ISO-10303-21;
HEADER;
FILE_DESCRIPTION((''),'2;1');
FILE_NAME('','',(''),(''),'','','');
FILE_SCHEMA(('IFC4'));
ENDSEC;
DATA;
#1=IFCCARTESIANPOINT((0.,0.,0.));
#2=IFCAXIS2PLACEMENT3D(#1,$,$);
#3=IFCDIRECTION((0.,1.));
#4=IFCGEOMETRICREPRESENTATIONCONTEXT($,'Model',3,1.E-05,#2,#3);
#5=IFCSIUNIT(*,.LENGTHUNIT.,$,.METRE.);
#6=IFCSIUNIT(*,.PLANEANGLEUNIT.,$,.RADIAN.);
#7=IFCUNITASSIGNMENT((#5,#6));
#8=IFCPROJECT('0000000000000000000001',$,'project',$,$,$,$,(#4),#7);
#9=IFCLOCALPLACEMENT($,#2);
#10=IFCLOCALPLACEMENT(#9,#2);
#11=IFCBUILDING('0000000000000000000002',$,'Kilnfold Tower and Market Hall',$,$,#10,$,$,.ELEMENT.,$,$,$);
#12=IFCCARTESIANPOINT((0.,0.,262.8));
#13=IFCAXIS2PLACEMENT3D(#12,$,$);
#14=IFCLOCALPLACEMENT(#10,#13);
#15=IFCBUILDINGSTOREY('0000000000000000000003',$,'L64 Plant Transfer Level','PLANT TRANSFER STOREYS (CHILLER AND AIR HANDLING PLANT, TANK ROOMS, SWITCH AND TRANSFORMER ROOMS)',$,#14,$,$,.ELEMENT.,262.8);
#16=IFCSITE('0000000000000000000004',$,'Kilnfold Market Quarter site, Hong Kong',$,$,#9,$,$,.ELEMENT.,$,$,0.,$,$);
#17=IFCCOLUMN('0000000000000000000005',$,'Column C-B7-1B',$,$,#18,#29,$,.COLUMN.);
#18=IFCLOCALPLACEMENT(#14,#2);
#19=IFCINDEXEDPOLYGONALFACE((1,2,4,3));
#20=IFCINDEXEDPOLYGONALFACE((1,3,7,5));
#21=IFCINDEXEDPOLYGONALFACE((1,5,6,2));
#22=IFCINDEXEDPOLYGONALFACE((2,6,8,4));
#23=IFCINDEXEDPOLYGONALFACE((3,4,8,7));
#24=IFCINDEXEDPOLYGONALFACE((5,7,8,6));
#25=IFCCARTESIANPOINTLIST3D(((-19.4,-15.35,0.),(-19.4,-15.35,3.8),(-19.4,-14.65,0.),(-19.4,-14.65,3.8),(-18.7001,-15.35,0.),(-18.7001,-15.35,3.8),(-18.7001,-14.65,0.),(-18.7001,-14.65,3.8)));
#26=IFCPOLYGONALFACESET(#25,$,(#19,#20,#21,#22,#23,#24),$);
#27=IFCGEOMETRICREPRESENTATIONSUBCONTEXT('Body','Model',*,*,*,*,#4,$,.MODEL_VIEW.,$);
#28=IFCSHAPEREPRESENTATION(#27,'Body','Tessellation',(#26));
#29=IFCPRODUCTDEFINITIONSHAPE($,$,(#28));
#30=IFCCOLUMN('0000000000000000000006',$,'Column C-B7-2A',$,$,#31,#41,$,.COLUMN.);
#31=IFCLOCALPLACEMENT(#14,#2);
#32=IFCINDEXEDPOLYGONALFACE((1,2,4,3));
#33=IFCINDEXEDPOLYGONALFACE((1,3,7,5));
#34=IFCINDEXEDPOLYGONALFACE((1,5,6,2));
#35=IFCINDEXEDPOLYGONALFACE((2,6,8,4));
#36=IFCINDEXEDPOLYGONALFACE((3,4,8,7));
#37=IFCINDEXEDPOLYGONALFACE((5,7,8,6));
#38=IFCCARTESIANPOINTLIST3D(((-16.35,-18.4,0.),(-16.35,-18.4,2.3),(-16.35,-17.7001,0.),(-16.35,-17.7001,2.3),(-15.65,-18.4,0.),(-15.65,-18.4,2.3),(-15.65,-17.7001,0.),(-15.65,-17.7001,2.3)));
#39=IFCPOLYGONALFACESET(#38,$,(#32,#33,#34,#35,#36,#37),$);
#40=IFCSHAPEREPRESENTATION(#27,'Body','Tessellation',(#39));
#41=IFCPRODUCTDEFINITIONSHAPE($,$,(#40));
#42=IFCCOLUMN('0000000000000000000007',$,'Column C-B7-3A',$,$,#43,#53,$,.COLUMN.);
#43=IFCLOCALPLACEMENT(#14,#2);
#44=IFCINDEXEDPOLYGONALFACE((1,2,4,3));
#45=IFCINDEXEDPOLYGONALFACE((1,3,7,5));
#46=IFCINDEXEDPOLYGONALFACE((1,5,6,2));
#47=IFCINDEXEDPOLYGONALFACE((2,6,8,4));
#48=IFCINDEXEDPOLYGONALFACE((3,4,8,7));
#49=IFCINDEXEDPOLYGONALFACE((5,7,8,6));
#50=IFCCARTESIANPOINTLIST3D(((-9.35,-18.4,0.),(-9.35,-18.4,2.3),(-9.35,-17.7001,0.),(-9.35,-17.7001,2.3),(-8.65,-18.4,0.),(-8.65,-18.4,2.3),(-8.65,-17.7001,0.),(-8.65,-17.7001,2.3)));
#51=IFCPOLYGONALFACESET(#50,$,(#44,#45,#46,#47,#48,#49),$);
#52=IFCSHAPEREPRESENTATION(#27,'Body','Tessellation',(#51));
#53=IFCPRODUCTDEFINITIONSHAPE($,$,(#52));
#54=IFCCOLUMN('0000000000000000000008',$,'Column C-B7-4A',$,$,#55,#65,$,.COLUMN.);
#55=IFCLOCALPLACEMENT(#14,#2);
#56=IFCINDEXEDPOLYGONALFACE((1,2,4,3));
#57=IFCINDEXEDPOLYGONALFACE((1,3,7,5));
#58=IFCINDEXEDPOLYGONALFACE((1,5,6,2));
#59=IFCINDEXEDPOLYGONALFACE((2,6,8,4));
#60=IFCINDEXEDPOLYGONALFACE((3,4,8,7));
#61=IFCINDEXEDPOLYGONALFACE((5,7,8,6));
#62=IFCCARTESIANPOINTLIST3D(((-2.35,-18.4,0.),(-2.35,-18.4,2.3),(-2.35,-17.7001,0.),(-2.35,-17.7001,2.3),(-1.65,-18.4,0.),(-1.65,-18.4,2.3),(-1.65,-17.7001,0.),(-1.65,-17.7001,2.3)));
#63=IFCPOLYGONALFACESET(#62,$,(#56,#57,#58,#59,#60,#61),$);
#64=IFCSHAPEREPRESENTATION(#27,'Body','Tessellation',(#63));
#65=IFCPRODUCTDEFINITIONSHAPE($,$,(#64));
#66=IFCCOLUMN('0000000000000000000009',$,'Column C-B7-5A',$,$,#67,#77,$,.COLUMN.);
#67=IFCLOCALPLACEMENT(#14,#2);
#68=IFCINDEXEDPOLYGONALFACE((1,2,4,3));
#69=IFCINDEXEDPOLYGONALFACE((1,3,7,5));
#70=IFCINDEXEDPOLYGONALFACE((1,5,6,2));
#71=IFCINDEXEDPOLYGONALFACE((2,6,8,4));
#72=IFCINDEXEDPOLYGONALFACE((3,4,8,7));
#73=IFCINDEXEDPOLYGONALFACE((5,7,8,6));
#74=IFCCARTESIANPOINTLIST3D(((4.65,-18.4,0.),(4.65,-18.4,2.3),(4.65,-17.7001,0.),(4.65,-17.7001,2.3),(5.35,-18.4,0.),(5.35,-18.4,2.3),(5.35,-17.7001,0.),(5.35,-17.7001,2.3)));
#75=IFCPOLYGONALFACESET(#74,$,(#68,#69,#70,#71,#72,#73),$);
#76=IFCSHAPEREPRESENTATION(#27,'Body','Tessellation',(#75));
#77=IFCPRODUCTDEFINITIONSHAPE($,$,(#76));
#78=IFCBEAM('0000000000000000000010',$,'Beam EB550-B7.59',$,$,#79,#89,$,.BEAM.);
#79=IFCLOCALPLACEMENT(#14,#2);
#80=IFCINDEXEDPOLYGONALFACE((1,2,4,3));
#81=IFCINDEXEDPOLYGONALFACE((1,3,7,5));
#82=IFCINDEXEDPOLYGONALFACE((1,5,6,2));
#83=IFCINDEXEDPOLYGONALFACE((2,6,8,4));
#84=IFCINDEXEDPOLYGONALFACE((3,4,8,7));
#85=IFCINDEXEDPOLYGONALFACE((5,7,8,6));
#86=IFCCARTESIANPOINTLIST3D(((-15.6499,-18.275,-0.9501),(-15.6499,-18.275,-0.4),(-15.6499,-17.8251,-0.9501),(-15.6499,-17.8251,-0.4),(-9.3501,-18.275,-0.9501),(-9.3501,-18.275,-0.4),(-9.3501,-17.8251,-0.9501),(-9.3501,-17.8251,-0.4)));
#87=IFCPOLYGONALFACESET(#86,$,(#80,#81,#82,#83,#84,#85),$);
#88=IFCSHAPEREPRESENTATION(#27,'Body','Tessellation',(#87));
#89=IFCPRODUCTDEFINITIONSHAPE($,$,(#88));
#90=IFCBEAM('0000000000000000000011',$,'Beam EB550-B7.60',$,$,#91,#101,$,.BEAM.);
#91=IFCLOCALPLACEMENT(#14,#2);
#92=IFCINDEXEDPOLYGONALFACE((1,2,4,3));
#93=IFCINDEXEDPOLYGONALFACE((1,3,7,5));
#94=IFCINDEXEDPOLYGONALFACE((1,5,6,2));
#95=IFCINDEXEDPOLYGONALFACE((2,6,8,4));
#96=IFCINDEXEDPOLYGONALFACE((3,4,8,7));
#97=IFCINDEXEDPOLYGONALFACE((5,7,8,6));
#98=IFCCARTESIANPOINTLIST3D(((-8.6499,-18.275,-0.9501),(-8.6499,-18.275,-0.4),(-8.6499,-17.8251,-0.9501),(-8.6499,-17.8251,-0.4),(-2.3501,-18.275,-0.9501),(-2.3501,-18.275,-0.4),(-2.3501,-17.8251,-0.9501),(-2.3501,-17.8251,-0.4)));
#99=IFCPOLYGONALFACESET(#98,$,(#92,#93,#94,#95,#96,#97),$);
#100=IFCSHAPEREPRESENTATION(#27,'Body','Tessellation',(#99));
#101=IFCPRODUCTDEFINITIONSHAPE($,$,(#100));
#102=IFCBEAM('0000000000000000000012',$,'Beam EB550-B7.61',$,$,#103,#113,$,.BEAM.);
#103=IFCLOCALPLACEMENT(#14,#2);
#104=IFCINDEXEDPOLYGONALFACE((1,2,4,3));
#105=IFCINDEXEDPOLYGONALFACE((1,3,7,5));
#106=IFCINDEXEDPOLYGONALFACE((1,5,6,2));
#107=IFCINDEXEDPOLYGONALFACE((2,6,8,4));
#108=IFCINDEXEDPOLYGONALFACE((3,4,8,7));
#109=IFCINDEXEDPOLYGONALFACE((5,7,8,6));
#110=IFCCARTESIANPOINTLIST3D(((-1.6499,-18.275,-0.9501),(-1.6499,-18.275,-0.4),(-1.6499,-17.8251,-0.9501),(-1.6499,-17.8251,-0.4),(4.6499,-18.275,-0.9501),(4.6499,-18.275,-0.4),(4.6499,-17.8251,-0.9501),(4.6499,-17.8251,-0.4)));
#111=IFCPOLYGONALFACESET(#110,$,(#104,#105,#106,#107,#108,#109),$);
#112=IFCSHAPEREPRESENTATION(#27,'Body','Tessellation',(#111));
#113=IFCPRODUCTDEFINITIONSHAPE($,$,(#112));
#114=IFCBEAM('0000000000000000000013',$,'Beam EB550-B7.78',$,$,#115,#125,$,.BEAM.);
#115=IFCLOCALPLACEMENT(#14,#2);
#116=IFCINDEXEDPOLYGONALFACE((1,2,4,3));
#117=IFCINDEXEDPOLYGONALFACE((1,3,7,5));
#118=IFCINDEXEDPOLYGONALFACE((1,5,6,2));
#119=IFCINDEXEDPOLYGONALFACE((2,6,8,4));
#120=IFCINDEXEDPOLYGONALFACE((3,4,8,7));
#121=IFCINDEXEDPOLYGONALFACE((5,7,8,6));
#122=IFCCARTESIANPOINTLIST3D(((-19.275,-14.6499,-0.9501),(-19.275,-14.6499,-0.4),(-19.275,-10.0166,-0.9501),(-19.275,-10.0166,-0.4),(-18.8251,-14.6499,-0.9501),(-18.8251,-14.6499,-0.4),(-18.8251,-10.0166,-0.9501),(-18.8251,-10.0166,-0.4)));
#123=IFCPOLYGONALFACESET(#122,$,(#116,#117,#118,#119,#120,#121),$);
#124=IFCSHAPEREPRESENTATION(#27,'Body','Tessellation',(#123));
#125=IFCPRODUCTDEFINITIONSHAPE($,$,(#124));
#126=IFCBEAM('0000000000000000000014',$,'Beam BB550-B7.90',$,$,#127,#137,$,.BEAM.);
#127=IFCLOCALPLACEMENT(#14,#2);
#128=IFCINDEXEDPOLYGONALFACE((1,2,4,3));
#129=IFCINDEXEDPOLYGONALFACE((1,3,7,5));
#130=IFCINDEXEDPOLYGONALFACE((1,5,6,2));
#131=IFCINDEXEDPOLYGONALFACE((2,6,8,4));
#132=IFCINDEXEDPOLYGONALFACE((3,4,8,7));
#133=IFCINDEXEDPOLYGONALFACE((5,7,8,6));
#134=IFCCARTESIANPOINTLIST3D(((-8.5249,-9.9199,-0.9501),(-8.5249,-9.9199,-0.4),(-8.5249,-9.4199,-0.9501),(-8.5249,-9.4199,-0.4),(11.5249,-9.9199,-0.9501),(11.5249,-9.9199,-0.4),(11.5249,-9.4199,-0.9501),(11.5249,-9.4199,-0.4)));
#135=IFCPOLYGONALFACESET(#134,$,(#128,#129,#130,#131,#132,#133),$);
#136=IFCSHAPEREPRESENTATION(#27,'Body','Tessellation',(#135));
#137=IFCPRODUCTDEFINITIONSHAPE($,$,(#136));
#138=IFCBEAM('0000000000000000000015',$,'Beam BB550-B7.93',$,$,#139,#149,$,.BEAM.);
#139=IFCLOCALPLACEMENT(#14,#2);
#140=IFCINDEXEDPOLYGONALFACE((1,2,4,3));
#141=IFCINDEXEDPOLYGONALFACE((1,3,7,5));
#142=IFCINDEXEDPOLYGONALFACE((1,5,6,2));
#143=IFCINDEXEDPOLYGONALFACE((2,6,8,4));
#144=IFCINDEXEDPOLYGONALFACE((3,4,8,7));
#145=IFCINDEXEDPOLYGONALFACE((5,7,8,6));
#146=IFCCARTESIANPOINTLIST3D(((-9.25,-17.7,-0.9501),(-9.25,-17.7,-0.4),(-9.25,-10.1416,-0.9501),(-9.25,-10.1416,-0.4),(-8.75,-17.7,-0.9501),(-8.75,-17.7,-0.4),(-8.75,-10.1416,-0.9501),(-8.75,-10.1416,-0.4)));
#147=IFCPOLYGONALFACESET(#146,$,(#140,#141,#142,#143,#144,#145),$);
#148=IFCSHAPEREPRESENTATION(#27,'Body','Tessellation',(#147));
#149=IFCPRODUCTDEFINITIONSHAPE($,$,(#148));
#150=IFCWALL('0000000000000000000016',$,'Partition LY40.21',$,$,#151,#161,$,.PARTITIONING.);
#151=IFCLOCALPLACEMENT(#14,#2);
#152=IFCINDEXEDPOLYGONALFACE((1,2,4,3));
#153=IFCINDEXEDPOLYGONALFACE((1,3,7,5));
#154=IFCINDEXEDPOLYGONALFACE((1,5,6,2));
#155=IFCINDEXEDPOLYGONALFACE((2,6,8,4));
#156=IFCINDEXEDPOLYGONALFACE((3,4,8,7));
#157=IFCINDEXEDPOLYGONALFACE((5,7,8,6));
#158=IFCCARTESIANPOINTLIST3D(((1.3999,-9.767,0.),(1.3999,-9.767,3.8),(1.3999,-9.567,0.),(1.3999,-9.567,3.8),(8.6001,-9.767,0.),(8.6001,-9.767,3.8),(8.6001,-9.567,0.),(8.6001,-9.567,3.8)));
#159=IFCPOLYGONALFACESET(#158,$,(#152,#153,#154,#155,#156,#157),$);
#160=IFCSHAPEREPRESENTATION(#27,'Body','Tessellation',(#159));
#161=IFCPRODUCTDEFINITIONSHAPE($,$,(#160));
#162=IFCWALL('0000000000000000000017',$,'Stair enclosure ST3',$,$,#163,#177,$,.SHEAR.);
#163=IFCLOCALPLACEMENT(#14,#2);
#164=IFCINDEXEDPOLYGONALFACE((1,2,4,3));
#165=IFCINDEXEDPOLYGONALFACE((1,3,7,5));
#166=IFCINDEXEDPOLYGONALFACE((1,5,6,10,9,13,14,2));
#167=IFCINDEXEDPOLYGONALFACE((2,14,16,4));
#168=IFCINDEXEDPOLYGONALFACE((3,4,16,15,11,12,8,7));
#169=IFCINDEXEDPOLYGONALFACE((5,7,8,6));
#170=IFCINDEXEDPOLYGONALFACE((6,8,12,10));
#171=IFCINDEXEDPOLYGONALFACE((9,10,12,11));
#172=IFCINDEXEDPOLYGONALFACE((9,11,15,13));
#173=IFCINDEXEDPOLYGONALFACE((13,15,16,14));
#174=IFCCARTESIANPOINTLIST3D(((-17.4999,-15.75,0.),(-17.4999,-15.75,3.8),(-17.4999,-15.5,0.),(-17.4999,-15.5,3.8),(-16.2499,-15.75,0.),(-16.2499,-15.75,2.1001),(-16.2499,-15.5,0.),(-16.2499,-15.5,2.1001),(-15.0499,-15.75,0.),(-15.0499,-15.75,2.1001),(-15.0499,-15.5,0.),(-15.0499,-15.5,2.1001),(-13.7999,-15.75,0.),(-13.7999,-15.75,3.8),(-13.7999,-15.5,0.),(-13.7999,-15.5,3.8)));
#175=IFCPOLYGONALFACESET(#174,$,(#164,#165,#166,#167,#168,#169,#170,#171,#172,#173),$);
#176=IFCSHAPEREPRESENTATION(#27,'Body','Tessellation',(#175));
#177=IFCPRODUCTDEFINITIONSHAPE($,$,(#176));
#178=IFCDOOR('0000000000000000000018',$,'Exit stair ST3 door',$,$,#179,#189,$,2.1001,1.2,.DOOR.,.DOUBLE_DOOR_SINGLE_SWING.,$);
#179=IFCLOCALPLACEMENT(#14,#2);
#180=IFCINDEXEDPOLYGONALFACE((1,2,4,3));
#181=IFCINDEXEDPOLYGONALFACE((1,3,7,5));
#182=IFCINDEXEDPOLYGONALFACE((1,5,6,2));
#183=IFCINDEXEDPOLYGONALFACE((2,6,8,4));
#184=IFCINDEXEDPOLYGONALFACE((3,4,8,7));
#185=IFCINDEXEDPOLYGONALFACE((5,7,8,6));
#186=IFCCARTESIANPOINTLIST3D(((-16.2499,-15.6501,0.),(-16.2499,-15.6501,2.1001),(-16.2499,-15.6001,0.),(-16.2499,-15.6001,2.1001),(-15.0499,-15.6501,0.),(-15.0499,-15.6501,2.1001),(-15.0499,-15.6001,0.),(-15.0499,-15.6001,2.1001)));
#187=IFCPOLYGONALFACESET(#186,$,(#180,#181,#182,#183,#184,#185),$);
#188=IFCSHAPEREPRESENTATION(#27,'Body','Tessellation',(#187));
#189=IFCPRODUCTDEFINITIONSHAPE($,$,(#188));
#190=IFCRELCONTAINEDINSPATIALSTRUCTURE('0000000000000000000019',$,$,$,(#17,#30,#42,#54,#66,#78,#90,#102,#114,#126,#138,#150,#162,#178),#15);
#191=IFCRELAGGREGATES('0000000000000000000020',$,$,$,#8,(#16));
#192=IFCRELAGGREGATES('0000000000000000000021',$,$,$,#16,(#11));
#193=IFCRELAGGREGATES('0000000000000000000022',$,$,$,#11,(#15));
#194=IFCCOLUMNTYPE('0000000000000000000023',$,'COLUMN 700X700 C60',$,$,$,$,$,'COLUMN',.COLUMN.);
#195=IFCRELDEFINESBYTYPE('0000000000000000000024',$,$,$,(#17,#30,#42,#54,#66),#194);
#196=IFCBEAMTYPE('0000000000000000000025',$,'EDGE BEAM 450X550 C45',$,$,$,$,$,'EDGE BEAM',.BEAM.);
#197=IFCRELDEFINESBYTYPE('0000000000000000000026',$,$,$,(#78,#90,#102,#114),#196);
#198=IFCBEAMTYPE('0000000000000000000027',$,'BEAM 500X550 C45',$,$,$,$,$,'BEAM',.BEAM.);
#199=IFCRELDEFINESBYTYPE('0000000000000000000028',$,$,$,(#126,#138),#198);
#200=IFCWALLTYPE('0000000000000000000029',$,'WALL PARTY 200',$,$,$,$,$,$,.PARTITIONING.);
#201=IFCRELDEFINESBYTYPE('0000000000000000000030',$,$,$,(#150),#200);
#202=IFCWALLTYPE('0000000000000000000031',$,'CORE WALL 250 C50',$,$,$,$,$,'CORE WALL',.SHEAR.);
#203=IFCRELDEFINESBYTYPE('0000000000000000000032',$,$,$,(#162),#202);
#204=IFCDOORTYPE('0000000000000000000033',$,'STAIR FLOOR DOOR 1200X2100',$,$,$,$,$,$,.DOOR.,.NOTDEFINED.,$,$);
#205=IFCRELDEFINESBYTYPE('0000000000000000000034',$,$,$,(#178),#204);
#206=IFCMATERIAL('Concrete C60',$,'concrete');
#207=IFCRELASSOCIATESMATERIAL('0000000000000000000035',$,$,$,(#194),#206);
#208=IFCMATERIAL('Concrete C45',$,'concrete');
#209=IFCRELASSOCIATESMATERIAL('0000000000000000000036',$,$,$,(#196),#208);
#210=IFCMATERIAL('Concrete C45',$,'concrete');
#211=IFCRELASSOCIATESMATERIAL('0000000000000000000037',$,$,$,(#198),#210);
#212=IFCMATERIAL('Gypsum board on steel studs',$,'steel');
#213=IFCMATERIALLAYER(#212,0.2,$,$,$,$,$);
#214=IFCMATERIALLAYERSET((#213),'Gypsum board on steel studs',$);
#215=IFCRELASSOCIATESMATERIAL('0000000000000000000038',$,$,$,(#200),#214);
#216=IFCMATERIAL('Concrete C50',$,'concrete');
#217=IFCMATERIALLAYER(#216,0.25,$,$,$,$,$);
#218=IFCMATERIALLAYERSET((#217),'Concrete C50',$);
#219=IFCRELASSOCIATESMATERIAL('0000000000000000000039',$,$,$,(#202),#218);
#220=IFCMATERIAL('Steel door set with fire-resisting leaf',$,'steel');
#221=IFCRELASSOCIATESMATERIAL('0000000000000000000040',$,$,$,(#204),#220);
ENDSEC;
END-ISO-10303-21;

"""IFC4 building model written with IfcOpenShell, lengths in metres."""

from ifc_helpers import new_model, si_unit, direction, frame, frame_2d, origin, origin_2d, place, context, subcontext, project, spatial, rectangle, extrude, source, transform, mapped, material, layer, layer_set, material_profile, profile_set, type_object, element, fill, save


model = new_model("IFC4")

# Units and contexts
model_context = context("Model", 3, precision=1e-05, world=origin(), true_north=direction((0.0, 1.0)))
body_context = subcontext(model_context, "Body", "Model", "MODEL_VIEW")
ifc_project = project(units=[si_unit("LENGTHUNIT", "METRE"), si_unit("PLANEANGLEUNIT", "RADIAN")], contexts=[model_context])

# Site, building, storey
site_placement = place(None, origin())
site = spatial("IfcSite", under=ifc_project, at=site_placement, Name="Kilnfold Market Quarter site, Hong Kong", CompositionType="ELEMENT", RefElevation=0.0)
building_placement = place(site_placement, origin())
building = spatial("IfcBuilding", under=site, at=building_placement, Name="Kilnfold Tower and Market Hall", CompositionType="ELEMENT")
storey_placement = place(building_placement, frame((0.0, 0.0, 262.8)))
storey = spatial("IfcBuildingStorey", under=building, at=storey_placement, Name="L64 Plant Transfer Level", Description="PLANT TRANSFER STOREYS (CHILLER AND AIR HANDLING PLANT, TANK ROOMS, SWITCH AND TRANSFORMER ROOMS)", CompositionType="ELEMENT", Elevation=262.8)

# Columns
ifc_material_1 = material(Name="Concrete C60", Category="concrete")
ifc_material_profile_1 = material_profile(ifc_material_1, rectangle(XDim=0.7, YDim=0.7, at=origin_2d()), Name="RC 700x700")
ifc_profile_set_1 = profile_set([ifc_material_profile_1], Name="Concrete C60")
column_type = type_object("IfcColumnType", Name="COLUMN 700X700 C60", ElementType="COLUMN", PredefinedType="COLUMN", material=ifc_profile_set_1)
shared_shape_1 = source(origin(), body_context, "Body", "SweptSolid", [
    extrude(rectangle(XDim=0.7, YDim=0.7, at=origin_2d()), origin(), (0.0, 0.0, 1.0), 3.8),
])
column_placement = place(storey_placement, frame((-19.05, -15.0, 0.0), z_axis=(0.0, 0.0, 1.0), x_axis=(1.0, 0.0, 0.0)))
element("IfcColumn", 1, at=column_placement, inside=storey, type_object=column_type, Name="Column C-B7-1B", PredefinedType="COLUMN", context=body_context, shape_type="MappedRepresentation", body=[
    mapped(shared_shape_1, transform((0.0, 0.0, 0.0))),
])
shared_shape_2 = source(origin(), body_context, "Body", "SweptSolid", [
    extrude(rectangle(XDim=0.7, YDim=0.7, at=origin_2d()), origin(), (0.0, 0.0, 1.0), 2.3),
])
for number, where, z_axis, x_axis, name in (
    (2, (-16.0, -18.05, 0.0), (0.0, 0.0, 1.0), (1.0, 0.0, 0.0), "Column C-B7-2A"),
    (3, (-9.0, -18.05, 0.0), (0.0, 0.0, 1.0), (1.0, 0.0, 0.0), "Column C-B7-3A"),
    (4, (-2.0, -18.05, 0.0), (0.0, 0.0, 1.0), (1.0, 0.0, 0.0), "Column C-B7-4A"),
    (5, (5.0, -18.05, 0.0), (0.0, 0.0, 1.0), (1.0, 0.0, 0.0), "Column C-B7-5A"),
):
    element("IfcColumn", number, at=place(storey_placement, frame(where, z_axis=z_axis, x_axis=x_axis)), inside=storey, type_object=column_type, Name=name, PredefinedType="COLUMN", context=body_context, shape_type="MappedRepresentation", body=[
        mapped(shared_shape_2, transform((0.0, 0.0, 0.0))),
    ])

# Beams
ifc_material_2 = material(Name="Concrete C45", Category="concrete")
ifc_material_profile_2 = material_profile(ifc_material_2, rectangle(XDim=0.45, YDim=0.55, at=origin_2d()), Name="RC 450x550")
ifc_profile_set_2 = profile_set([ifc_material_profile_2], Name="Concrete C45")
beam_type_1 = type_object("IfcBeamType", Name="EDGE BEAM 450X550 C45", ElementType="EDGE BEAM", PredefinedType="BEAM", material=ifc_profile_set_2)
shared_shape_3 = source(origin(), body_context, "Body", "SweptSolid", [
    extrude(rectangle(XDim=0.45, YDim=0.55, at=origin_2d()), origin(), (0.0, 0.0, 1.0), 6.2998),
])
for number, where, z_axis, x_axis, name in (
    (6, (-15.6499, -18.05, -0.675), (1.0, 0.0, 0.0), (0.0, 1.0, 0.0), "Beam EB550-B7.59"),
    (7, (-8.6499, -18.05, -0.675), (1.0, 0.0, 0.0), (0.0, 1.0, 0.0), "Beam EB550-B7.60"),
    (8, (-1.6499, -18.05, -0.675), (1.0, 0.0, 0.0), (0.0, 1.0, 0.0), "Beam EB550-B7.61"),
):
    element("IfcBeam", number, at=place(storey_placement, frame(where, z_axis=z_axis, x_axis=x_axis)), inside=storey, type_object=beam_type_1, Name=name, PredefinedType="BEAM", context=body_context, shape_type="MappedRepresentation", body=[
        mapped(shared_shape_3, transform((0.0, 0.0, 0.0))),
    ])
shared_shape_4 = source(origin(), body_context, "Body", "SweptSolid", [
    extrude(rectangle(XDim=0.45, YDim=0.55, at=origin_2d()), origin(), (0.0, 0.0, 1.0), 4.6333),
])
beam_1_placement = place(storey_placement, frame((-19.05, -14.6499, -0.675), z_axis=(0.0, 1.0, 0.0), x_axis=(-1.0, 0.0, 0.0)))
element("IfcBeam", 9, at=beam_1_placement, inside=storey, type_object=beam_type_1, Name="Beam EB550-B7.78", PredefinedType="BEAM", context=body_context, shape_type="MappedRepresentation", body=[
    mapped(shared_shape_4, transform((0.0, 0.0, 0.0))),
])
ifc_material_3 = material(Name="Concrete C45", Category="concrete")
ifc_material_profile_3 = material_profile(ifc_material_3, rectangle(XDim=0.5, YDim=0.55, at=origin_2d()), Name="RC 500x550")
ifc_profile_set_3 = profile_set([ifc_material_profile_3], Name="Concrete C45")
beam_type_2 = type_object("IfcBeamType", Name="BEAM 500X550 C45", ElementType="BEAM", PredefinedType="BEAM", material=ifc_profile_set_3)
shared_shape_5 = source(origin(), body_context, "Body", "SweptSolid", [
    extrude(rectangle(XDim=0.5, YDim=0.55, at=origin_2d()), origin(), (0.0, 0.0, 1.0), 20.0498),
])
beam_2_placement = place(storey_placement, frame((-8.5249, -9.6699, -0.675), z_axis=(1.0, 0.0, 0.0), x_axis=(0.0, 1.0, 0.0)))
element("IfcBeam", 10, at=beam_2_placement, inside=storey, type_object=beam_type_2, Name="Beam BB550-B7.90", PredefinedType="BEAM", context=body_context, shape_type="MappedRepresentation", body=[
    mapped(shared_shape_5, transform((0.0, 0.0, 0.0))),
])
shared_shape_6 = source(origin(), body_context, "Body", "SweptSolid", [
    extrude(rectangle(XDim=0.5, YDim=0.55, at=origin_2d()), origin(), (0.0, 0.0, 1.0), 7.5583),
])
beam_3_placement = place(storey_placement, frame((-9.0, -17.7, -0.675), z_axis=(0.0, 1.0, 0.0), x_axis=(-1.0, 0.0, 0.0)))
element("IfcBeam", 11, at=beam_3_placement, inside=storey, type_object=beam_type_2, Name="Beam BB550-B7.93", PredefinedType="BEAM", context=body_context, shape_type="MappedRepresentation", body=[
    mapped(shared_shape_6, transform((0.0, 0.0, 0.0))),
])

# Wall
ifc_material_4 = material(Name="Gypsum board on steel studs", Category="steel")
ifc_layer_1 = layer(ifc_material_4, 0.2)
ifc_layer_set_1 = layer_set([ifc_layer_1], Name="Gypsum board on steel studs")
wall_type_1 = type_object("IfcWallType", Name="WALL PARTY 200", PredefinedType="PARTITIONING", material=ifc_layer_set_1)
wall_1_placement = place(storey_placement, frame((1.3999, -9.667, 0.0), z_axis=(0.0, 0.0, 1.0), x_axis=(1.0, 0.0, 0.0)))
element("IfcWall", 12, at=wall_1_placement, inside=storey, type_object=wall_type_1, Name="Partition LY40.21", PredefinedType="PARTITIONING", context=body_context, shape_type="SweptSolid", body=[
    extrude(rectangle(XDim=7.2002, YDim=0.2, at=frame_2d((3.6001, 0.0))), origin(), (0.0, 0.0, 1.0), 3.8),
])

# Wall, opening, door
ifc_material_5 = material(Name="Concrete C50", Category="concrete")
ifc_layer_2 = layer(ifc_material_5, 0.25)
ifc_layer_set_2 = layer_set([ifc_layer_2], Name="Concrete C50")
wall_type_2 = type_object("IfcWallType", Name="CORE WALL 250 C50", ElementType="CORE WALL", PredefinedType="SHEAR", material=ifc_layer_set_2)
shared_shape_7 = source(origin(), body_context, "Body", "SweptSolid", [
    extrude(rectangle(XDim=3.7, YDim=0.25, at=frame_2d((1.8501, 0.0))), origin(), (0.0, 0.0, 1.0), 3.8),
])
wall_2_placement = place(storey_placement, frame((-17.5, -15.625, 0.0), z_axis=(0.0, 0.0, 1.0), x_axis=(1.0, 0.0, 0.0)))
wall_2 = element("IfcWall", 13, at=wall_2_placement, inside=storey, type_object=wall_type_2, Name="Stair enclosure ST3", PredefinedType="SHEAR", context=body_context, shape_type="MappedRepresentation", body=[
    mapped(shared_shape_7, transform((0.0, 0.0, 0.0))),
])
opening_placement = place(wall_2_placement, frame((1.25, 0.0, 0.0)))
opening = element("IfcOpeningElement", 14, at=opening_placement, cuts=wall_2, PredefinedType="OPENING", context=body_context, shape_type="SweptSolid", body=[
    extrude(rectangle(XDim=1.2, YDim=2.1001, at=frame_2d((0.6001, 1.05))), frame((0.0, 0.135, 0.0), z_axis=(0.0, -1.0, 0.0), x_axis=(1.0, 0.0, 0.0)), (0.0, 0.0, 1.0), 0.27),
])
ifc_material_6 = material(Name="Steel door set with fire-resisting leaf", Category="steel")
door_type = type_object("IfcDoorType", Name="STAIR FLOOR DOOR 1200X2100", OperationType="NOTDEFINED", PredefinedType="DOOR", material=ifc_material_6)
door_placement = place(opening_placement, origin())
door = element("IfcDoor", 15, at=door_placement, inside=storey, type_object=door_type, Name="Exit stair ST3 door", OperationType="DOUBLE_DOOR_SINGLE_SWING", OverallHeight=2.1001, OverallWidth=1.2, PredefinedType="DOOR", context=body_context, shape_type="SweptSolid", body=[
    extrude(rectangle(XDim=1.2, YDim=2.1001, at=frame_2d((0.6001, 1.05))), frame((0.0, 0.0249, 0.0), z_axis=(0.0, -1.0, 0.0), x_axis=(1.0, 0.0, 0.0)), (0.0, 0.0, 1.0), 0.05),
])
fill(opening, door)

save(model, "model.ifc")
